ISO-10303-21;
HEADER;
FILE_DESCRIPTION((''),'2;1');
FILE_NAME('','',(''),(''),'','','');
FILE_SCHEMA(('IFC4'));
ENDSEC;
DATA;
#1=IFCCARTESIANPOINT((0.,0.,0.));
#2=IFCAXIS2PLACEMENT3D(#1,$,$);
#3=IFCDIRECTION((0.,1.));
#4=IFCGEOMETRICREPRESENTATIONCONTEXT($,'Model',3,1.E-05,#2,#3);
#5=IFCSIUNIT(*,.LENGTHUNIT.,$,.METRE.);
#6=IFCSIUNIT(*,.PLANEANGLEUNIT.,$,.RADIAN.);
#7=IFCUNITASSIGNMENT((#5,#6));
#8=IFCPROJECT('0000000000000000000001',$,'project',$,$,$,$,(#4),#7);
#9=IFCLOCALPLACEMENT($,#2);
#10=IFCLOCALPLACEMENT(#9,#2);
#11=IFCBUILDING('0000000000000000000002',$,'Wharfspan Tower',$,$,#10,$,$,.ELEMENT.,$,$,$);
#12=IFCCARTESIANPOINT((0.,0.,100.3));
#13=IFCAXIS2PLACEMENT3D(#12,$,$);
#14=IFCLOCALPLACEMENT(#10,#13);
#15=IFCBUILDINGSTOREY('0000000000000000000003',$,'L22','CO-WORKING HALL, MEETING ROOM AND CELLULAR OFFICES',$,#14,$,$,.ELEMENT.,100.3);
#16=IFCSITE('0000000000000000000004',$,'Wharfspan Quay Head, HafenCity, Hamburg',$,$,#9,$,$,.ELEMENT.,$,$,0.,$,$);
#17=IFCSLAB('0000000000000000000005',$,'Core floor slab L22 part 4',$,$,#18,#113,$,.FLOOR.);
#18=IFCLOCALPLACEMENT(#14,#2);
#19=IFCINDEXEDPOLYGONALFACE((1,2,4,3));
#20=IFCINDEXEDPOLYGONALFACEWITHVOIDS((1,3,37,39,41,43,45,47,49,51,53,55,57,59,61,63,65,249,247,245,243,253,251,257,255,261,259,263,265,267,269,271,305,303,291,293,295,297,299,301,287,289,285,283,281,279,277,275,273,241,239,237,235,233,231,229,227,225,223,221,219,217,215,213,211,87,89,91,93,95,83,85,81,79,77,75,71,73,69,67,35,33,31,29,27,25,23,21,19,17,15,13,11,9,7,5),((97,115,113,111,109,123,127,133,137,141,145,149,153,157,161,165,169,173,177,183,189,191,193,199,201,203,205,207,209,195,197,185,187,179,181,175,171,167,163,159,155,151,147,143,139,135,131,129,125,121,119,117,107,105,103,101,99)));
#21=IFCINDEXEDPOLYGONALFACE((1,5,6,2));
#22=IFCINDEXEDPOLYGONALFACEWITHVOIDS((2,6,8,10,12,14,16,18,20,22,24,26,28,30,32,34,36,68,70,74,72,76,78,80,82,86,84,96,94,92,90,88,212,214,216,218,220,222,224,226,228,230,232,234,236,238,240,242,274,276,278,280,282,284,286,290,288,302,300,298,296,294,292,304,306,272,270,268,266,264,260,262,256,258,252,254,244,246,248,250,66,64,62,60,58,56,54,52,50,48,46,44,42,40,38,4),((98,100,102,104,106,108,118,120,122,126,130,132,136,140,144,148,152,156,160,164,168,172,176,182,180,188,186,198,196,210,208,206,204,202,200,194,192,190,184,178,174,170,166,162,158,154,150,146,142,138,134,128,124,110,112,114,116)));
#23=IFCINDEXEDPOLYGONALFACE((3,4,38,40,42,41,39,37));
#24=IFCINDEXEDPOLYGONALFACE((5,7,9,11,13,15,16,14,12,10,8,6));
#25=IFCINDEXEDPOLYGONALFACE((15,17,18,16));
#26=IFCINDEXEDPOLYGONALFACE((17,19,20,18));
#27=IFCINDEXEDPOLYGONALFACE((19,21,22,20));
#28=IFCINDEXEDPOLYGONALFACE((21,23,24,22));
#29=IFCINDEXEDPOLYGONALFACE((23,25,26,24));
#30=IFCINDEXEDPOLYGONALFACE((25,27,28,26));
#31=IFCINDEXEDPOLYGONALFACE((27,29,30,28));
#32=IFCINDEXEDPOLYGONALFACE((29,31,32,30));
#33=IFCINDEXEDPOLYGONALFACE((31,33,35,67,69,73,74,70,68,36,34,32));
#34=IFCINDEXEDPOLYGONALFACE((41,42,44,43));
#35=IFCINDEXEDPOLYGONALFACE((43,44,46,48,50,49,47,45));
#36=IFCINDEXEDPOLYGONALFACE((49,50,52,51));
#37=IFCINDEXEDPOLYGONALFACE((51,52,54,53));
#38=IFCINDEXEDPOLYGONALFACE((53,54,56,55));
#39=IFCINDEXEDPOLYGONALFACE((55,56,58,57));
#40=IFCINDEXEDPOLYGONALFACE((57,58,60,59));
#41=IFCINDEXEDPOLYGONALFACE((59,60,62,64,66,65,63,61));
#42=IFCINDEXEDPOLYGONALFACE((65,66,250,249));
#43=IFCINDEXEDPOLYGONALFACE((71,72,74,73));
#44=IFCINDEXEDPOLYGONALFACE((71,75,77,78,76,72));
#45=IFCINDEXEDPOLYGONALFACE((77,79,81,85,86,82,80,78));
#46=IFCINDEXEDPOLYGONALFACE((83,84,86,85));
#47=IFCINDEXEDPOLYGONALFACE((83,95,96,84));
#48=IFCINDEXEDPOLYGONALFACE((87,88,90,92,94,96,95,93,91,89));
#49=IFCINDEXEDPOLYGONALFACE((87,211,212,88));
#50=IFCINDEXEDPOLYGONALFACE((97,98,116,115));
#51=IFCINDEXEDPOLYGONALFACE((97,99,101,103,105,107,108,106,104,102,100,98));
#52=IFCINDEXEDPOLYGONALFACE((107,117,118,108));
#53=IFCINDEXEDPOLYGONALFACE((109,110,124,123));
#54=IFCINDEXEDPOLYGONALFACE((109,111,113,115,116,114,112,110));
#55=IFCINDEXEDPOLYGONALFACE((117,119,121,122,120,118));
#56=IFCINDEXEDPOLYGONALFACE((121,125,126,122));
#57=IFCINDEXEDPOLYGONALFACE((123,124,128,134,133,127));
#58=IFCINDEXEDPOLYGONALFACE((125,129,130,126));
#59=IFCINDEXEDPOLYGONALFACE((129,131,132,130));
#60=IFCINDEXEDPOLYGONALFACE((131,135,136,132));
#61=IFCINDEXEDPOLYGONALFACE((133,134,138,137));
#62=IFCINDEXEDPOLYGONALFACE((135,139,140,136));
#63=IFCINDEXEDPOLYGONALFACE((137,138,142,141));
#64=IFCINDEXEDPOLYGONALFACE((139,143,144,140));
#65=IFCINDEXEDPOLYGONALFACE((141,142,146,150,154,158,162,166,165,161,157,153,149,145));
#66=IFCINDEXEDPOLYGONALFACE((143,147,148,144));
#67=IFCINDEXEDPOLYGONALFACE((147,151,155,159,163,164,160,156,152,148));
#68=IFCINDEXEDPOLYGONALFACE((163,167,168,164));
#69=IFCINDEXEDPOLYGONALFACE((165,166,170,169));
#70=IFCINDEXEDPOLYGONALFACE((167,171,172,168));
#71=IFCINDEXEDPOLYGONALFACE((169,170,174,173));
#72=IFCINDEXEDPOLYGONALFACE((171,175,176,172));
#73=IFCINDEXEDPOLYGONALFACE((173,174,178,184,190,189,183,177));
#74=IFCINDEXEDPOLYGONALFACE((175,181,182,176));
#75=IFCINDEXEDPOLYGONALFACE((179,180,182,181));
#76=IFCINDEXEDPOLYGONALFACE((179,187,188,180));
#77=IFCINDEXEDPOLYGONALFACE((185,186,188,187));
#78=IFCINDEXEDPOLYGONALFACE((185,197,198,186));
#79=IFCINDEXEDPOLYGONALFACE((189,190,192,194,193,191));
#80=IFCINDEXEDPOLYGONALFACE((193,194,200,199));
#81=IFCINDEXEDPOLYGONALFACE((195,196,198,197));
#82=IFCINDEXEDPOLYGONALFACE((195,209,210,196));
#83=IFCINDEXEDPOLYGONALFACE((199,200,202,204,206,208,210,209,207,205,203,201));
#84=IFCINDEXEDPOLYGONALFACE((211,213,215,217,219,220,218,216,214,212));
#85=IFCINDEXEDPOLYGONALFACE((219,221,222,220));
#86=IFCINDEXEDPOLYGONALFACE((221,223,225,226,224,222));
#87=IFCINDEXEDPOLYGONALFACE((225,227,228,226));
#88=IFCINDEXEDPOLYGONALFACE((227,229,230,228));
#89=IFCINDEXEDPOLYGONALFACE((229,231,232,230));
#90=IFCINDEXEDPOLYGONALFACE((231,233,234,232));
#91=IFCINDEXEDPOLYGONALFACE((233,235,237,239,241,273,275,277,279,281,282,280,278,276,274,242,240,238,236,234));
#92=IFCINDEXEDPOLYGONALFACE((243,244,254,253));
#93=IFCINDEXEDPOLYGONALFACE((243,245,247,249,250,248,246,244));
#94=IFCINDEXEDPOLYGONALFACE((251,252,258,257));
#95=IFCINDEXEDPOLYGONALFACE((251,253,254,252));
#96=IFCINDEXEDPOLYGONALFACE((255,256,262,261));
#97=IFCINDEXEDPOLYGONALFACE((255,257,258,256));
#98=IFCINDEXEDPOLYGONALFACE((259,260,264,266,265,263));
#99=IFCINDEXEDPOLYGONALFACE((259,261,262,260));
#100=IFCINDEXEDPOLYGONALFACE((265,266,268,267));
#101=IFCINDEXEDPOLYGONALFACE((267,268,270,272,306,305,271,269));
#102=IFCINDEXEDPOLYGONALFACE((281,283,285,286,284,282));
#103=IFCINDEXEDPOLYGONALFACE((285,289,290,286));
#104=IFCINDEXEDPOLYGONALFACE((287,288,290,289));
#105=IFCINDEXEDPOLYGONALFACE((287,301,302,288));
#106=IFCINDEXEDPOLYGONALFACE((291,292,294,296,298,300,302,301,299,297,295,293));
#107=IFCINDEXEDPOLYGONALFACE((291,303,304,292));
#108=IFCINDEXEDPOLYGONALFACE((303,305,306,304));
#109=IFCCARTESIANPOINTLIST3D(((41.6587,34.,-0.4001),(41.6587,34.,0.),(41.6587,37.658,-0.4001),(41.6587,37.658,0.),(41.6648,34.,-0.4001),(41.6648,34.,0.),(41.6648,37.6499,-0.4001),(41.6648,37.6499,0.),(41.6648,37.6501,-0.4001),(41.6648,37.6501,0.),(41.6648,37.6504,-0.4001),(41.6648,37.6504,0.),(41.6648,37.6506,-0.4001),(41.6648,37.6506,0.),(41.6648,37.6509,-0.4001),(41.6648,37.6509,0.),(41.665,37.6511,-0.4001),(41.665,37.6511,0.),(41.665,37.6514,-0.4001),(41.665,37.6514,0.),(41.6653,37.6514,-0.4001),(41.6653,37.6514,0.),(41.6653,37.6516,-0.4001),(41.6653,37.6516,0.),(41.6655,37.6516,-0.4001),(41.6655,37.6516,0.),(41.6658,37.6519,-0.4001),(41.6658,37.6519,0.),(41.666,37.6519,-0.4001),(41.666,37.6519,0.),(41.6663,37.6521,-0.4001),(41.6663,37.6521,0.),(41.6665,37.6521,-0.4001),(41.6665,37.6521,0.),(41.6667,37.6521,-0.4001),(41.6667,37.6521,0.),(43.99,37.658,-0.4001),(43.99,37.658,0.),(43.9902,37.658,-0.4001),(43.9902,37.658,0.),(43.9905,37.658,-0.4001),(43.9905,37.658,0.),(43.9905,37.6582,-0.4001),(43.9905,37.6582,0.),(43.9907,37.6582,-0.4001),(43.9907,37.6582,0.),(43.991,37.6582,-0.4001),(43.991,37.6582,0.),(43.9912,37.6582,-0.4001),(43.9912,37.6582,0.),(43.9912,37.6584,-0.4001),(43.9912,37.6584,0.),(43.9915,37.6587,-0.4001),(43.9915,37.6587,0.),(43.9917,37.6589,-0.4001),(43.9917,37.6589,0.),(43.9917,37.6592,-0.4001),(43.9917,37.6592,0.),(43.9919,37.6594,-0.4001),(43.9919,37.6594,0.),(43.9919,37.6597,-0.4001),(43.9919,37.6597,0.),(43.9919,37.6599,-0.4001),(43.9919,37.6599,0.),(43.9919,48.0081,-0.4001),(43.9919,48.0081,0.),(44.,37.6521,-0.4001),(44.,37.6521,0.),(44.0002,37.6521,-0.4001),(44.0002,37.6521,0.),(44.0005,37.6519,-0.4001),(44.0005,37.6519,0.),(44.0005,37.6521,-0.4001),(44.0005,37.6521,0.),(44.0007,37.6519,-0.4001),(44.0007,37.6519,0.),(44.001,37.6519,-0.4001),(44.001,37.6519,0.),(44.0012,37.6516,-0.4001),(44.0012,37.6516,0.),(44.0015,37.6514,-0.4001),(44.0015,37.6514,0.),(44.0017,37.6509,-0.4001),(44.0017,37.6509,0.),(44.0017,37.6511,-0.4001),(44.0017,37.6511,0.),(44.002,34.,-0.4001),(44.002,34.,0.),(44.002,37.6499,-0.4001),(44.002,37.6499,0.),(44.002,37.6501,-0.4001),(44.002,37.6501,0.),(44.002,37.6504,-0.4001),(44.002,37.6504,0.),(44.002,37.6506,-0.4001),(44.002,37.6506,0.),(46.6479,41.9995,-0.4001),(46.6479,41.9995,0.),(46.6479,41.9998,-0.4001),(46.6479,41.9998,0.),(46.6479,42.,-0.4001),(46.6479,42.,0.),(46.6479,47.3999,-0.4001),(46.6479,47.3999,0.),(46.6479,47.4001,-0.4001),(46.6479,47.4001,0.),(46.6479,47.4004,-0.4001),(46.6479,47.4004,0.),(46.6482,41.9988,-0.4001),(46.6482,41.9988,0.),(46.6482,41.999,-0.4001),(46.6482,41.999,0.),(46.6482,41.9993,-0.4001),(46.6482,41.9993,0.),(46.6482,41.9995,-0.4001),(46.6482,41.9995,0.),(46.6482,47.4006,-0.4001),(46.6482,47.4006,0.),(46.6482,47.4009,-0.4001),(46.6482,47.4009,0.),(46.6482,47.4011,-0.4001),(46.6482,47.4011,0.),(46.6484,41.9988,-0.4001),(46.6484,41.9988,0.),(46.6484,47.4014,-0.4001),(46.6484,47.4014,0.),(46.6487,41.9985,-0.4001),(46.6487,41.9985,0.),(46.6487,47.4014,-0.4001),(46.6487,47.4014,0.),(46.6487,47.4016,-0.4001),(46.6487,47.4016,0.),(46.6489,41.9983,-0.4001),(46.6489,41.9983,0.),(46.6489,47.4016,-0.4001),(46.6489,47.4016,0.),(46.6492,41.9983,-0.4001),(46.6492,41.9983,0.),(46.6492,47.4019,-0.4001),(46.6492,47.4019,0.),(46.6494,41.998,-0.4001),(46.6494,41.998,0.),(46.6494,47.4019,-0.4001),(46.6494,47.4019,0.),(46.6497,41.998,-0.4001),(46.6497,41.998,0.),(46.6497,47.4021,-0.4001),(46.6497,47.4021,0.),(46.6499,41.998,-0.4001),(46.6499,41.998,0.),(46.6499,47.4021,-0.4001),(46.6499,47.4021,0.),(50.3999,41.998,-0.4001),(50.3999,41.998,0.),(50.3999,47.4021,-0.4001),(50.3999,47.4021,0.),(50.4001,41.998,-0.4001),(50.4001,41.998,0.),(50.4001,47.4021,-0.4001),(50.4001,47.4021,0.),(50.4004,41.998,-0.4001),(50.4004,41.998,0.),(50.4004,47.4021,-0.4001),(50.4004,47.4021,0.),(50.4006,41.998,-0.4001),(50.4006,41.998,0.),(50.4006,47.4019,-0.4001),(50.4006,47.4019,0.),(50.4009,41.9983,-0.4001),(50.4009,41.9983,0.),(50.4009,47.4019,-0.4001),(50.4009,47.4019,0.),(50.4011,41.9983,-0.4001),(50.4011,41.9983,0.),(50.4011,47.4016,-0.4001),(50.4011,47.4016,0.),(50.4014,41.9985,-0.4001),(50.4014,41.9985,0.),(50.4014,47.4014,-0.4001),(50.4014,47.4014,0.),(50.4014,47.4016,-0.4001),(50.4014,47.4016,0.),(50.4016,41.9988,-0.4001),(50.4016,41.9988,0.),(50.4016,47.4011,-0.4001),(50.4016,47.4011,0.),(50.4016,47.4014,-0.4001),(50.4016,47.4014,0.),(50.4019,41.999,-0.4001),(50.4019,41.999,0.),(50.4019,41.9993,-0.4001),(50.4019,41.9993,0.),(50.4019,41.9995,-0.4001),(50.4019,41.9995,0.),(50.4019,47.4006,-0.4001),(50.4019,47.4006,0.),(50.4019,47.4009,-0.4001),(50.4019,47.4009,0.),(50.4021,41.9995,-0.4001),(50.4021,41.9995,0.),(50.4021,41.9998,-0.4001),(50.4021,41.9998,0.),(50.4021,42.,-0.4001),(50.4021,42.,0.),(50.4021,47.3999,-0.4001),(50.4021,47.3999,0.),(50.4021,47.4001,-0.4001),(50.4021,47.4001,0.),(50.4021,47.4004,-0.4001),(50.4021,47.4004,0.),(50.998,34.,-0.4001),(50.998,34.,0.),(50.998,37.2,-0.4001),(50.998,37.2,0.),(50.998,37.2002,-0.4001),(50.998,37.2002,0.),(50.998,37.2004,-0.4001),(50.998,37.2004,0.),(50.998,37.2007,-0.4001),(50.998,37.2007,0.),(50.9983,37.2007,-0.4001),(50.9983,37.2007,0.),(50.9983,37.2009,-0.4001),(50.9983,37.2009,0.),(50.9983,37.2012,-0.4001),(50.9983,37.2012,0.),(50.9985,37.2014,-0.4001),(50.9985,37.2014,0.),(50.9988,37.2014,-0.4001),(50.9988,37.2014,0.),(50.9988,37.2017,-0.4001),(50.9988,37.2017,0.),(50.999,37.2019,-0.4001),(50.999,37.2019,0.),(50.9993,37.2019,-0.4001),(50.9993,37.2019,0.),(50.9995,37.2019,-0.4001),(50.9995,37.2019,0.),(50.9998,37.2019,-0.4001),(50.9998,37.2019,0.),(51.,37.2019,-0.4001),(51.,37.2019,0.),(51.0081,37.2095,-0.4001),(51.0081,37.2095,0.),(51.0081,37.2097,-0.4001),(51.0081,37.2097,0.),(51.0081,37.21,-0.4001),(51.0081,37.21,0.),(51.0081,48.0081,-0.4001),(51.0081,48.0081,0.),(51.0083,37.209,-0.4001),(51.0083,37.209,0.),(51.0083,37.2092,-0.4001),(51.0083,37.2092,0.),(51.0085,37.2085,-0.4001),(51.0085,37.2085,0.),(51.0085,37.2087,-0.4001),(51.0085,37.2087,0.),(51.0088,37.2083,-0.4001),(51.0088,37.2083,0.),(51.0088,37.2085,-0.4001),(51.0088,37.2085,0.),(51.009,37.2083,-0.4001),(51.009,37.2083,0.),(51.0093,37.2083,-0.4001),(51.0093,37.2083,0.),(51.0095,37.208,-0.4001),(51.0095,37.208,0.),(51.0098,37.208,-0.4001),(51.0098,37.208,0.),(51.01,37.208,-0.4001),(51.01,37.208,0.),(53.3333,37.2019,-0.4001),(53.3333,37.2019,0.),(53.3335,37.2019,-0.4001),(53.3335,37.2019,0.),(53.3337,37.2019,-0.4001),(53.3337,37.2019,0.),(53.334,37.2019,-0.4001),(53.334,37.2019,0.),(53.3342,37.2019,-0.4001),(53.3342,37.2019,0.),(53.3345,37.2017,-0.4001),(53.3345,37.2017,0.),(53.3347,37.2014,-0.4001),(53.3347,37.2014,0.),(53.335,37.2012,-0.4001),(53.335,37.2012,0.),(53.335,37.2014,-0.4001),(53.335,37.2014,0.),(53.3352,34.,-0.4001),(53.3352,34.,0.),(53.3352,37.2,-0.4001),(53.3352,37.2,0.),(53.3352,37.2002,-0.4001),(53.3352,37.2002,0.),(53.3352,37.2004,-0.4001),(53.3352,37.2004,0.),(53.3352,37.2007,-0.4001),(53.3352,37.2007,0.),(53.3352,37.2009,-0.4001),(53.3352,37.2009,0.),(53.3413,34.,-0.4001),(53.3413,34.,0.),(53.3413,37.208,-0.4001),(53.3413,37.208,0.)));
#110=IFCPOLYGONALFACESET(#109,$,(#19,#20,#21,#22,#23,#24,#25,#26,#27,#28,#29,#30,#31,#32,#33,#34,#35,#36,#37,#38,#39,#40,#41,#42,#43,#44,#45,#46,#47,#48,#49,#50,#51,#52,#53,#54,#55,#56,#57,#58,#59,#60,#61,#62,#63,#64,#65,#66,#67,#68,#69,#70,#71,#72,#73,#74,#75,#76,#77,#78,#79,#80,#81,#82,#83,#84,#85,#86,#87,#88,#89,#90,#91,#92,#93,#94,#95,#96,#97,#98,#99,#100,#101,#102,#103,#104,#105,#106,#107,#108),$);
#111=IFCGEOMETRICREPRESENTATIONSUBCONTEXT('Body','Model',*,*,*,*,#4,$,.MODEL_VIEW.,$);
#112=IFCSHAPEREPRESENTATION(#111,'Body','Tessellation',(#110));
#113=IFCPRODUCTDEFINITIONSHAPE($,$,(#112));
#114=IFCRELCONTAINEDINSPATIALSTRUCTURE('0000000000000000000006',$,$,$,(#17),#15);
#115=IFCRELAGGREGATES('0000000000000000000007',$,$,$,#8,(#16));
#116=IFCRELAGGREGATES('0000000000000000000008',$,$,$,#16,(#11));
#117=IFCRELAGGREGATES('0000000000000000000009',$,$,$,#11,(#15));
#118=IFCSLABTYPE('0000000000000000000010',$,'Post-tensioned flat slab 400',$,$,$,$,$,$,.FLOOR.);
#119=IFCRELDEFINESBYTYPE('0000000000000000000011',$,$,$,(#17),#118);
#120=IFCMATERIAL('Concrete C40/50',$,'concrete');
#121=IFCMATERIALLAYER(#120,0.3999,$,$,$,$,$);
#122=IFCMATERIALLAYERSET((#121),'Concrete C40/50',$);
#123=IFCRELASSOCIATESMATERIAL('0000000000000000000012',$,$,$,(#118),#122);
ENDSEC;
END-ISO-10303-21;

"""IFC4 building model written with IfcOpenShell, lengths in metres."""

from ifc_helpers import new_model, si_unit, direction, frame, origin, place, context, subcontext, project, spatial, polyline, outline, extrude, material, layer, layer_set, type_object, element, save


model = new_model("IFC4")

# Units and contexts
model_context = context("Model", 3, precision=1e-05, world=origin(), true_north=direction((0.0, 1.0)))
body_context = subcontext(model_context, "Body", "Model", "MODEL_VIEW")
ifc_project = project(units=[si_unit("LENGTHUNIT", "METRE"), si_unit("PLANEANGLEUNIT", "RADIAN")], contexts=[model_context])

# Site, building, storey
site_placement = place(None, origin())
site = spatial("IfcSite", under=ifc_project, at=site_placement, Name="Wharfspan Quay Head, HafenCity, Hamburg", CompositionType="ELEMENT", RefElevation=0.0)
building_placement = place(site_placement, origin())
building = spatial("IfcBuilding", under=site, at=building_placement, Name="Wharfspan Tower", CompositionType="ELEMENT")
storey_placement = place(building_placement, frame((0.0, 0.0, 100.3)))
storey = spatial("IfcBuildingStorey", under=building, at=storey_placement, Name="L22", Description="CO-WORKING HALL, MEETING ROOM AND CELLULAR OFFICES", CompositionType="ELEMENT", Elevation=100.3)

# Slab
ifc_material_1 = material(Name="Concrete C40/50", Category="concrete")
ifc_layer_1 = layer(ifc_material_1, 0.3999)
ifc_layer_set_1 = layer_set([ifc_layer_1], Name="Concrete C40/50")
slab_type_1 = type_object("IfcSlabType", Name="Post-tensioned flat slab 400", PredefinedType="FLOOR", material=ifc_layer_set_1)
slab_1_placement = place(storey_placement, frame((0.0, 0.0, -0.4001)))
element("IfcSlab", 1, at=slab_1_placement, inside=storey, type_object=slab_type_1, Name="Core floor slab L22 part 4", PredefinedType="FLOOR", context=body_context, shape_type="SweptSolid", body=[
    extrude(outline(polyline([(53.3413, 34.0), (53.3413, 37.208), (51.01, 37.208), (51.0098, 37.208), (51.0095, 37.208), (51.0095, 37.208), (51.0093, 37.2083), (51.009, 37.2083), (51.0088, 37.2083), (51.0088, 37.2085), (51.0085, 37.2085), (51.0085, 37.2087), (51.0083, 37.209), (51.0083, 37.209), (51.0083, 37.2092), (51.0081, 37.2095), (51.0081, 37.2097), (51.0081, 37.2097), (51.0081, 37.21), (51.0081, 48.0081), (43.9919, 48.0081), (43.9919, 37.6599), (43.9919, 37.6599), (43.9919, 37.6597), (43.9919, 37.6594), (43.9917, 37.6592), (43.9917, 37.6592), (43.9917, 37.6589), (43.9915, 37.6587), (43.9915, 37.6587), (43.9912, 37.6584), (43.9912, 37.6582), (43.991, 37.6582), (43.9907, 37.6582), (43.9905, 37.6582), (43.9905, 37.658), (43.9902, 37.658), (43.99, 37.658), (41.6587, 37.658), (41.6587, 34.0), (41.6648, 34.0), (41.6648, 37.6499), (41.6648, 37.6501), (41.6648, 37.6504), (41.6648, 37.6506), (41.6648, 37.6509), (41.6648, 37.6509), (41.665, 37.6511), (41.665, 37.6514), (41.6653, 37.6514), (41.6653, 37.6516), (41.6655, 37.6516), (41.6658, 37.6519), (41.666, 37.6519), (41.666, 37.6519), (41.6663, 37.6521), (41.6665, 37.6521), (41.6667, 37.6521), (44.0, 37.6521), (44.0002, 37.6521), (44.0005, 37.6521), (44.0005, 37.6519), (44.0007, 37.6519), (44.001, 37.6519), (44.0012, 37.6516), (44.0012, 37.6516), (44.0015, 37.6514), (44.0015, 37.6514), (44.0017, 37.6511), (44.0017, 37.6509), (44.0017, 37.6509), (44.002, 37.6506), (44.002, 37.6504), (44.002, 37.6501), (44.002, 37.6499), (44.002, 34.0), (50.998, 34.0), (50.998, 37.2), (50.998, 37.2002), (50.998, 37.2004), (50.998, 37.2007), (50.9983, 37.2007), (50.9983, 37.2009), (50.9983, 37.2012), (50.9985, 37.2014), (50.9985, 37.2014), (50.9988, 37.2014), (50.9988, 37.2017), (50.999, 37.2019), (50.9993, 37.2019), (50.9995, 37.2019), (50.9995, 37.2019), (50.9998, 37.2019), (51.0, 37.2019), (53.3333, 37.2019), (53.3335, 37.2019), (53.3337, 37.2019), (53.334, 37.2019), (53.334, 37.2019), (53.3342, 37.2019), (53.3345, 37.2017), (53.3347, 37.2014), (53.3347, 37.2014), (53.335, 37.2014), (53.335, 37.2012), (53.3352, 37.2009), (53.3352, 37.2007), (53.3352, 37.2007), (53.3352, 37.2004), (53.3352, 37.2002), (53.3352, 37.2), (53.3352, 34.0), (53.3413, 34.0)]), holes=[polyline([(50.4021, 42.0), (50.4021, 41.9998), (50.4021, 41.9995), (50.4019, 41.9995), (50.4019, 41.9993), (50.4019, 41.999), (50.4016, 41.9988), (50.4016, 41.9988), (50.4014, 41.9985), (50.4014, 41.9985), (50.4011, 41.9983), (50.4009, 41.9983), (50.4009, 41.9983), (50.4006, 41.998), (50.4004, 41.998), (50.4001, 41.998), (50.3999, 41.998), (46.6499, 41.998), (46.6499, 41.998), (46.6497, 41.998), (46.6494, 41.998), (46.6492, 41.9983), (46.6492, 41.9983), (46.6489, 41.9983), (46.6487, 41.9985), (46.6487, 41.9985), (46.6484, 41.9988), (46.6482, 41.9988), (46.6482, 41.999), (46.6482, 41.9993), (46.6482, 41.9995), (46.6479, 41.9995), (46.6479, 41.9998), (46.6479, 42.0), (46.6479, 47.3999), (46.6479, 47.4001), (46.6479, 47.4004), (46.6482, 47.4006), (46.6482, 47.4009), (46.6482, 47.4009), (46.6482, 47.4011), (46.6484, 47.4014), (46.6487, 47.4014), (46.6487, 47.4016), (46.6489, 47.4016), (46.6492, 47.4019), (46.6492, 47.4019), (46.6494, 47.4019), (46.6497, 47.4021), (46.6499, 47.4021), (46.6499, 47.4021), (50.3999, 47.4021), (50.4001, 47.4021), (50.4004, 47.4021), (50.4006, 47.4019), (50.4009, 47.4019), (50.4009, 47.4019), (50.4011, 47.4016), (50.4014, 47.4016), (50.4014, 47.4014), (50.4016, 47.4014), (50.4016, 47.4011), (50.4019, 47.4009), (50.4019, 47.4009), (50.4019, 47.4006), (50.4021, 47.4004), (50.4021, 47.4001), (50.4021, 47.3999), (50.4021, 42.0)])]), origin(), (0.0, 0.0, 1.0), 0.4001),
])

save(model, "model.ifc")
